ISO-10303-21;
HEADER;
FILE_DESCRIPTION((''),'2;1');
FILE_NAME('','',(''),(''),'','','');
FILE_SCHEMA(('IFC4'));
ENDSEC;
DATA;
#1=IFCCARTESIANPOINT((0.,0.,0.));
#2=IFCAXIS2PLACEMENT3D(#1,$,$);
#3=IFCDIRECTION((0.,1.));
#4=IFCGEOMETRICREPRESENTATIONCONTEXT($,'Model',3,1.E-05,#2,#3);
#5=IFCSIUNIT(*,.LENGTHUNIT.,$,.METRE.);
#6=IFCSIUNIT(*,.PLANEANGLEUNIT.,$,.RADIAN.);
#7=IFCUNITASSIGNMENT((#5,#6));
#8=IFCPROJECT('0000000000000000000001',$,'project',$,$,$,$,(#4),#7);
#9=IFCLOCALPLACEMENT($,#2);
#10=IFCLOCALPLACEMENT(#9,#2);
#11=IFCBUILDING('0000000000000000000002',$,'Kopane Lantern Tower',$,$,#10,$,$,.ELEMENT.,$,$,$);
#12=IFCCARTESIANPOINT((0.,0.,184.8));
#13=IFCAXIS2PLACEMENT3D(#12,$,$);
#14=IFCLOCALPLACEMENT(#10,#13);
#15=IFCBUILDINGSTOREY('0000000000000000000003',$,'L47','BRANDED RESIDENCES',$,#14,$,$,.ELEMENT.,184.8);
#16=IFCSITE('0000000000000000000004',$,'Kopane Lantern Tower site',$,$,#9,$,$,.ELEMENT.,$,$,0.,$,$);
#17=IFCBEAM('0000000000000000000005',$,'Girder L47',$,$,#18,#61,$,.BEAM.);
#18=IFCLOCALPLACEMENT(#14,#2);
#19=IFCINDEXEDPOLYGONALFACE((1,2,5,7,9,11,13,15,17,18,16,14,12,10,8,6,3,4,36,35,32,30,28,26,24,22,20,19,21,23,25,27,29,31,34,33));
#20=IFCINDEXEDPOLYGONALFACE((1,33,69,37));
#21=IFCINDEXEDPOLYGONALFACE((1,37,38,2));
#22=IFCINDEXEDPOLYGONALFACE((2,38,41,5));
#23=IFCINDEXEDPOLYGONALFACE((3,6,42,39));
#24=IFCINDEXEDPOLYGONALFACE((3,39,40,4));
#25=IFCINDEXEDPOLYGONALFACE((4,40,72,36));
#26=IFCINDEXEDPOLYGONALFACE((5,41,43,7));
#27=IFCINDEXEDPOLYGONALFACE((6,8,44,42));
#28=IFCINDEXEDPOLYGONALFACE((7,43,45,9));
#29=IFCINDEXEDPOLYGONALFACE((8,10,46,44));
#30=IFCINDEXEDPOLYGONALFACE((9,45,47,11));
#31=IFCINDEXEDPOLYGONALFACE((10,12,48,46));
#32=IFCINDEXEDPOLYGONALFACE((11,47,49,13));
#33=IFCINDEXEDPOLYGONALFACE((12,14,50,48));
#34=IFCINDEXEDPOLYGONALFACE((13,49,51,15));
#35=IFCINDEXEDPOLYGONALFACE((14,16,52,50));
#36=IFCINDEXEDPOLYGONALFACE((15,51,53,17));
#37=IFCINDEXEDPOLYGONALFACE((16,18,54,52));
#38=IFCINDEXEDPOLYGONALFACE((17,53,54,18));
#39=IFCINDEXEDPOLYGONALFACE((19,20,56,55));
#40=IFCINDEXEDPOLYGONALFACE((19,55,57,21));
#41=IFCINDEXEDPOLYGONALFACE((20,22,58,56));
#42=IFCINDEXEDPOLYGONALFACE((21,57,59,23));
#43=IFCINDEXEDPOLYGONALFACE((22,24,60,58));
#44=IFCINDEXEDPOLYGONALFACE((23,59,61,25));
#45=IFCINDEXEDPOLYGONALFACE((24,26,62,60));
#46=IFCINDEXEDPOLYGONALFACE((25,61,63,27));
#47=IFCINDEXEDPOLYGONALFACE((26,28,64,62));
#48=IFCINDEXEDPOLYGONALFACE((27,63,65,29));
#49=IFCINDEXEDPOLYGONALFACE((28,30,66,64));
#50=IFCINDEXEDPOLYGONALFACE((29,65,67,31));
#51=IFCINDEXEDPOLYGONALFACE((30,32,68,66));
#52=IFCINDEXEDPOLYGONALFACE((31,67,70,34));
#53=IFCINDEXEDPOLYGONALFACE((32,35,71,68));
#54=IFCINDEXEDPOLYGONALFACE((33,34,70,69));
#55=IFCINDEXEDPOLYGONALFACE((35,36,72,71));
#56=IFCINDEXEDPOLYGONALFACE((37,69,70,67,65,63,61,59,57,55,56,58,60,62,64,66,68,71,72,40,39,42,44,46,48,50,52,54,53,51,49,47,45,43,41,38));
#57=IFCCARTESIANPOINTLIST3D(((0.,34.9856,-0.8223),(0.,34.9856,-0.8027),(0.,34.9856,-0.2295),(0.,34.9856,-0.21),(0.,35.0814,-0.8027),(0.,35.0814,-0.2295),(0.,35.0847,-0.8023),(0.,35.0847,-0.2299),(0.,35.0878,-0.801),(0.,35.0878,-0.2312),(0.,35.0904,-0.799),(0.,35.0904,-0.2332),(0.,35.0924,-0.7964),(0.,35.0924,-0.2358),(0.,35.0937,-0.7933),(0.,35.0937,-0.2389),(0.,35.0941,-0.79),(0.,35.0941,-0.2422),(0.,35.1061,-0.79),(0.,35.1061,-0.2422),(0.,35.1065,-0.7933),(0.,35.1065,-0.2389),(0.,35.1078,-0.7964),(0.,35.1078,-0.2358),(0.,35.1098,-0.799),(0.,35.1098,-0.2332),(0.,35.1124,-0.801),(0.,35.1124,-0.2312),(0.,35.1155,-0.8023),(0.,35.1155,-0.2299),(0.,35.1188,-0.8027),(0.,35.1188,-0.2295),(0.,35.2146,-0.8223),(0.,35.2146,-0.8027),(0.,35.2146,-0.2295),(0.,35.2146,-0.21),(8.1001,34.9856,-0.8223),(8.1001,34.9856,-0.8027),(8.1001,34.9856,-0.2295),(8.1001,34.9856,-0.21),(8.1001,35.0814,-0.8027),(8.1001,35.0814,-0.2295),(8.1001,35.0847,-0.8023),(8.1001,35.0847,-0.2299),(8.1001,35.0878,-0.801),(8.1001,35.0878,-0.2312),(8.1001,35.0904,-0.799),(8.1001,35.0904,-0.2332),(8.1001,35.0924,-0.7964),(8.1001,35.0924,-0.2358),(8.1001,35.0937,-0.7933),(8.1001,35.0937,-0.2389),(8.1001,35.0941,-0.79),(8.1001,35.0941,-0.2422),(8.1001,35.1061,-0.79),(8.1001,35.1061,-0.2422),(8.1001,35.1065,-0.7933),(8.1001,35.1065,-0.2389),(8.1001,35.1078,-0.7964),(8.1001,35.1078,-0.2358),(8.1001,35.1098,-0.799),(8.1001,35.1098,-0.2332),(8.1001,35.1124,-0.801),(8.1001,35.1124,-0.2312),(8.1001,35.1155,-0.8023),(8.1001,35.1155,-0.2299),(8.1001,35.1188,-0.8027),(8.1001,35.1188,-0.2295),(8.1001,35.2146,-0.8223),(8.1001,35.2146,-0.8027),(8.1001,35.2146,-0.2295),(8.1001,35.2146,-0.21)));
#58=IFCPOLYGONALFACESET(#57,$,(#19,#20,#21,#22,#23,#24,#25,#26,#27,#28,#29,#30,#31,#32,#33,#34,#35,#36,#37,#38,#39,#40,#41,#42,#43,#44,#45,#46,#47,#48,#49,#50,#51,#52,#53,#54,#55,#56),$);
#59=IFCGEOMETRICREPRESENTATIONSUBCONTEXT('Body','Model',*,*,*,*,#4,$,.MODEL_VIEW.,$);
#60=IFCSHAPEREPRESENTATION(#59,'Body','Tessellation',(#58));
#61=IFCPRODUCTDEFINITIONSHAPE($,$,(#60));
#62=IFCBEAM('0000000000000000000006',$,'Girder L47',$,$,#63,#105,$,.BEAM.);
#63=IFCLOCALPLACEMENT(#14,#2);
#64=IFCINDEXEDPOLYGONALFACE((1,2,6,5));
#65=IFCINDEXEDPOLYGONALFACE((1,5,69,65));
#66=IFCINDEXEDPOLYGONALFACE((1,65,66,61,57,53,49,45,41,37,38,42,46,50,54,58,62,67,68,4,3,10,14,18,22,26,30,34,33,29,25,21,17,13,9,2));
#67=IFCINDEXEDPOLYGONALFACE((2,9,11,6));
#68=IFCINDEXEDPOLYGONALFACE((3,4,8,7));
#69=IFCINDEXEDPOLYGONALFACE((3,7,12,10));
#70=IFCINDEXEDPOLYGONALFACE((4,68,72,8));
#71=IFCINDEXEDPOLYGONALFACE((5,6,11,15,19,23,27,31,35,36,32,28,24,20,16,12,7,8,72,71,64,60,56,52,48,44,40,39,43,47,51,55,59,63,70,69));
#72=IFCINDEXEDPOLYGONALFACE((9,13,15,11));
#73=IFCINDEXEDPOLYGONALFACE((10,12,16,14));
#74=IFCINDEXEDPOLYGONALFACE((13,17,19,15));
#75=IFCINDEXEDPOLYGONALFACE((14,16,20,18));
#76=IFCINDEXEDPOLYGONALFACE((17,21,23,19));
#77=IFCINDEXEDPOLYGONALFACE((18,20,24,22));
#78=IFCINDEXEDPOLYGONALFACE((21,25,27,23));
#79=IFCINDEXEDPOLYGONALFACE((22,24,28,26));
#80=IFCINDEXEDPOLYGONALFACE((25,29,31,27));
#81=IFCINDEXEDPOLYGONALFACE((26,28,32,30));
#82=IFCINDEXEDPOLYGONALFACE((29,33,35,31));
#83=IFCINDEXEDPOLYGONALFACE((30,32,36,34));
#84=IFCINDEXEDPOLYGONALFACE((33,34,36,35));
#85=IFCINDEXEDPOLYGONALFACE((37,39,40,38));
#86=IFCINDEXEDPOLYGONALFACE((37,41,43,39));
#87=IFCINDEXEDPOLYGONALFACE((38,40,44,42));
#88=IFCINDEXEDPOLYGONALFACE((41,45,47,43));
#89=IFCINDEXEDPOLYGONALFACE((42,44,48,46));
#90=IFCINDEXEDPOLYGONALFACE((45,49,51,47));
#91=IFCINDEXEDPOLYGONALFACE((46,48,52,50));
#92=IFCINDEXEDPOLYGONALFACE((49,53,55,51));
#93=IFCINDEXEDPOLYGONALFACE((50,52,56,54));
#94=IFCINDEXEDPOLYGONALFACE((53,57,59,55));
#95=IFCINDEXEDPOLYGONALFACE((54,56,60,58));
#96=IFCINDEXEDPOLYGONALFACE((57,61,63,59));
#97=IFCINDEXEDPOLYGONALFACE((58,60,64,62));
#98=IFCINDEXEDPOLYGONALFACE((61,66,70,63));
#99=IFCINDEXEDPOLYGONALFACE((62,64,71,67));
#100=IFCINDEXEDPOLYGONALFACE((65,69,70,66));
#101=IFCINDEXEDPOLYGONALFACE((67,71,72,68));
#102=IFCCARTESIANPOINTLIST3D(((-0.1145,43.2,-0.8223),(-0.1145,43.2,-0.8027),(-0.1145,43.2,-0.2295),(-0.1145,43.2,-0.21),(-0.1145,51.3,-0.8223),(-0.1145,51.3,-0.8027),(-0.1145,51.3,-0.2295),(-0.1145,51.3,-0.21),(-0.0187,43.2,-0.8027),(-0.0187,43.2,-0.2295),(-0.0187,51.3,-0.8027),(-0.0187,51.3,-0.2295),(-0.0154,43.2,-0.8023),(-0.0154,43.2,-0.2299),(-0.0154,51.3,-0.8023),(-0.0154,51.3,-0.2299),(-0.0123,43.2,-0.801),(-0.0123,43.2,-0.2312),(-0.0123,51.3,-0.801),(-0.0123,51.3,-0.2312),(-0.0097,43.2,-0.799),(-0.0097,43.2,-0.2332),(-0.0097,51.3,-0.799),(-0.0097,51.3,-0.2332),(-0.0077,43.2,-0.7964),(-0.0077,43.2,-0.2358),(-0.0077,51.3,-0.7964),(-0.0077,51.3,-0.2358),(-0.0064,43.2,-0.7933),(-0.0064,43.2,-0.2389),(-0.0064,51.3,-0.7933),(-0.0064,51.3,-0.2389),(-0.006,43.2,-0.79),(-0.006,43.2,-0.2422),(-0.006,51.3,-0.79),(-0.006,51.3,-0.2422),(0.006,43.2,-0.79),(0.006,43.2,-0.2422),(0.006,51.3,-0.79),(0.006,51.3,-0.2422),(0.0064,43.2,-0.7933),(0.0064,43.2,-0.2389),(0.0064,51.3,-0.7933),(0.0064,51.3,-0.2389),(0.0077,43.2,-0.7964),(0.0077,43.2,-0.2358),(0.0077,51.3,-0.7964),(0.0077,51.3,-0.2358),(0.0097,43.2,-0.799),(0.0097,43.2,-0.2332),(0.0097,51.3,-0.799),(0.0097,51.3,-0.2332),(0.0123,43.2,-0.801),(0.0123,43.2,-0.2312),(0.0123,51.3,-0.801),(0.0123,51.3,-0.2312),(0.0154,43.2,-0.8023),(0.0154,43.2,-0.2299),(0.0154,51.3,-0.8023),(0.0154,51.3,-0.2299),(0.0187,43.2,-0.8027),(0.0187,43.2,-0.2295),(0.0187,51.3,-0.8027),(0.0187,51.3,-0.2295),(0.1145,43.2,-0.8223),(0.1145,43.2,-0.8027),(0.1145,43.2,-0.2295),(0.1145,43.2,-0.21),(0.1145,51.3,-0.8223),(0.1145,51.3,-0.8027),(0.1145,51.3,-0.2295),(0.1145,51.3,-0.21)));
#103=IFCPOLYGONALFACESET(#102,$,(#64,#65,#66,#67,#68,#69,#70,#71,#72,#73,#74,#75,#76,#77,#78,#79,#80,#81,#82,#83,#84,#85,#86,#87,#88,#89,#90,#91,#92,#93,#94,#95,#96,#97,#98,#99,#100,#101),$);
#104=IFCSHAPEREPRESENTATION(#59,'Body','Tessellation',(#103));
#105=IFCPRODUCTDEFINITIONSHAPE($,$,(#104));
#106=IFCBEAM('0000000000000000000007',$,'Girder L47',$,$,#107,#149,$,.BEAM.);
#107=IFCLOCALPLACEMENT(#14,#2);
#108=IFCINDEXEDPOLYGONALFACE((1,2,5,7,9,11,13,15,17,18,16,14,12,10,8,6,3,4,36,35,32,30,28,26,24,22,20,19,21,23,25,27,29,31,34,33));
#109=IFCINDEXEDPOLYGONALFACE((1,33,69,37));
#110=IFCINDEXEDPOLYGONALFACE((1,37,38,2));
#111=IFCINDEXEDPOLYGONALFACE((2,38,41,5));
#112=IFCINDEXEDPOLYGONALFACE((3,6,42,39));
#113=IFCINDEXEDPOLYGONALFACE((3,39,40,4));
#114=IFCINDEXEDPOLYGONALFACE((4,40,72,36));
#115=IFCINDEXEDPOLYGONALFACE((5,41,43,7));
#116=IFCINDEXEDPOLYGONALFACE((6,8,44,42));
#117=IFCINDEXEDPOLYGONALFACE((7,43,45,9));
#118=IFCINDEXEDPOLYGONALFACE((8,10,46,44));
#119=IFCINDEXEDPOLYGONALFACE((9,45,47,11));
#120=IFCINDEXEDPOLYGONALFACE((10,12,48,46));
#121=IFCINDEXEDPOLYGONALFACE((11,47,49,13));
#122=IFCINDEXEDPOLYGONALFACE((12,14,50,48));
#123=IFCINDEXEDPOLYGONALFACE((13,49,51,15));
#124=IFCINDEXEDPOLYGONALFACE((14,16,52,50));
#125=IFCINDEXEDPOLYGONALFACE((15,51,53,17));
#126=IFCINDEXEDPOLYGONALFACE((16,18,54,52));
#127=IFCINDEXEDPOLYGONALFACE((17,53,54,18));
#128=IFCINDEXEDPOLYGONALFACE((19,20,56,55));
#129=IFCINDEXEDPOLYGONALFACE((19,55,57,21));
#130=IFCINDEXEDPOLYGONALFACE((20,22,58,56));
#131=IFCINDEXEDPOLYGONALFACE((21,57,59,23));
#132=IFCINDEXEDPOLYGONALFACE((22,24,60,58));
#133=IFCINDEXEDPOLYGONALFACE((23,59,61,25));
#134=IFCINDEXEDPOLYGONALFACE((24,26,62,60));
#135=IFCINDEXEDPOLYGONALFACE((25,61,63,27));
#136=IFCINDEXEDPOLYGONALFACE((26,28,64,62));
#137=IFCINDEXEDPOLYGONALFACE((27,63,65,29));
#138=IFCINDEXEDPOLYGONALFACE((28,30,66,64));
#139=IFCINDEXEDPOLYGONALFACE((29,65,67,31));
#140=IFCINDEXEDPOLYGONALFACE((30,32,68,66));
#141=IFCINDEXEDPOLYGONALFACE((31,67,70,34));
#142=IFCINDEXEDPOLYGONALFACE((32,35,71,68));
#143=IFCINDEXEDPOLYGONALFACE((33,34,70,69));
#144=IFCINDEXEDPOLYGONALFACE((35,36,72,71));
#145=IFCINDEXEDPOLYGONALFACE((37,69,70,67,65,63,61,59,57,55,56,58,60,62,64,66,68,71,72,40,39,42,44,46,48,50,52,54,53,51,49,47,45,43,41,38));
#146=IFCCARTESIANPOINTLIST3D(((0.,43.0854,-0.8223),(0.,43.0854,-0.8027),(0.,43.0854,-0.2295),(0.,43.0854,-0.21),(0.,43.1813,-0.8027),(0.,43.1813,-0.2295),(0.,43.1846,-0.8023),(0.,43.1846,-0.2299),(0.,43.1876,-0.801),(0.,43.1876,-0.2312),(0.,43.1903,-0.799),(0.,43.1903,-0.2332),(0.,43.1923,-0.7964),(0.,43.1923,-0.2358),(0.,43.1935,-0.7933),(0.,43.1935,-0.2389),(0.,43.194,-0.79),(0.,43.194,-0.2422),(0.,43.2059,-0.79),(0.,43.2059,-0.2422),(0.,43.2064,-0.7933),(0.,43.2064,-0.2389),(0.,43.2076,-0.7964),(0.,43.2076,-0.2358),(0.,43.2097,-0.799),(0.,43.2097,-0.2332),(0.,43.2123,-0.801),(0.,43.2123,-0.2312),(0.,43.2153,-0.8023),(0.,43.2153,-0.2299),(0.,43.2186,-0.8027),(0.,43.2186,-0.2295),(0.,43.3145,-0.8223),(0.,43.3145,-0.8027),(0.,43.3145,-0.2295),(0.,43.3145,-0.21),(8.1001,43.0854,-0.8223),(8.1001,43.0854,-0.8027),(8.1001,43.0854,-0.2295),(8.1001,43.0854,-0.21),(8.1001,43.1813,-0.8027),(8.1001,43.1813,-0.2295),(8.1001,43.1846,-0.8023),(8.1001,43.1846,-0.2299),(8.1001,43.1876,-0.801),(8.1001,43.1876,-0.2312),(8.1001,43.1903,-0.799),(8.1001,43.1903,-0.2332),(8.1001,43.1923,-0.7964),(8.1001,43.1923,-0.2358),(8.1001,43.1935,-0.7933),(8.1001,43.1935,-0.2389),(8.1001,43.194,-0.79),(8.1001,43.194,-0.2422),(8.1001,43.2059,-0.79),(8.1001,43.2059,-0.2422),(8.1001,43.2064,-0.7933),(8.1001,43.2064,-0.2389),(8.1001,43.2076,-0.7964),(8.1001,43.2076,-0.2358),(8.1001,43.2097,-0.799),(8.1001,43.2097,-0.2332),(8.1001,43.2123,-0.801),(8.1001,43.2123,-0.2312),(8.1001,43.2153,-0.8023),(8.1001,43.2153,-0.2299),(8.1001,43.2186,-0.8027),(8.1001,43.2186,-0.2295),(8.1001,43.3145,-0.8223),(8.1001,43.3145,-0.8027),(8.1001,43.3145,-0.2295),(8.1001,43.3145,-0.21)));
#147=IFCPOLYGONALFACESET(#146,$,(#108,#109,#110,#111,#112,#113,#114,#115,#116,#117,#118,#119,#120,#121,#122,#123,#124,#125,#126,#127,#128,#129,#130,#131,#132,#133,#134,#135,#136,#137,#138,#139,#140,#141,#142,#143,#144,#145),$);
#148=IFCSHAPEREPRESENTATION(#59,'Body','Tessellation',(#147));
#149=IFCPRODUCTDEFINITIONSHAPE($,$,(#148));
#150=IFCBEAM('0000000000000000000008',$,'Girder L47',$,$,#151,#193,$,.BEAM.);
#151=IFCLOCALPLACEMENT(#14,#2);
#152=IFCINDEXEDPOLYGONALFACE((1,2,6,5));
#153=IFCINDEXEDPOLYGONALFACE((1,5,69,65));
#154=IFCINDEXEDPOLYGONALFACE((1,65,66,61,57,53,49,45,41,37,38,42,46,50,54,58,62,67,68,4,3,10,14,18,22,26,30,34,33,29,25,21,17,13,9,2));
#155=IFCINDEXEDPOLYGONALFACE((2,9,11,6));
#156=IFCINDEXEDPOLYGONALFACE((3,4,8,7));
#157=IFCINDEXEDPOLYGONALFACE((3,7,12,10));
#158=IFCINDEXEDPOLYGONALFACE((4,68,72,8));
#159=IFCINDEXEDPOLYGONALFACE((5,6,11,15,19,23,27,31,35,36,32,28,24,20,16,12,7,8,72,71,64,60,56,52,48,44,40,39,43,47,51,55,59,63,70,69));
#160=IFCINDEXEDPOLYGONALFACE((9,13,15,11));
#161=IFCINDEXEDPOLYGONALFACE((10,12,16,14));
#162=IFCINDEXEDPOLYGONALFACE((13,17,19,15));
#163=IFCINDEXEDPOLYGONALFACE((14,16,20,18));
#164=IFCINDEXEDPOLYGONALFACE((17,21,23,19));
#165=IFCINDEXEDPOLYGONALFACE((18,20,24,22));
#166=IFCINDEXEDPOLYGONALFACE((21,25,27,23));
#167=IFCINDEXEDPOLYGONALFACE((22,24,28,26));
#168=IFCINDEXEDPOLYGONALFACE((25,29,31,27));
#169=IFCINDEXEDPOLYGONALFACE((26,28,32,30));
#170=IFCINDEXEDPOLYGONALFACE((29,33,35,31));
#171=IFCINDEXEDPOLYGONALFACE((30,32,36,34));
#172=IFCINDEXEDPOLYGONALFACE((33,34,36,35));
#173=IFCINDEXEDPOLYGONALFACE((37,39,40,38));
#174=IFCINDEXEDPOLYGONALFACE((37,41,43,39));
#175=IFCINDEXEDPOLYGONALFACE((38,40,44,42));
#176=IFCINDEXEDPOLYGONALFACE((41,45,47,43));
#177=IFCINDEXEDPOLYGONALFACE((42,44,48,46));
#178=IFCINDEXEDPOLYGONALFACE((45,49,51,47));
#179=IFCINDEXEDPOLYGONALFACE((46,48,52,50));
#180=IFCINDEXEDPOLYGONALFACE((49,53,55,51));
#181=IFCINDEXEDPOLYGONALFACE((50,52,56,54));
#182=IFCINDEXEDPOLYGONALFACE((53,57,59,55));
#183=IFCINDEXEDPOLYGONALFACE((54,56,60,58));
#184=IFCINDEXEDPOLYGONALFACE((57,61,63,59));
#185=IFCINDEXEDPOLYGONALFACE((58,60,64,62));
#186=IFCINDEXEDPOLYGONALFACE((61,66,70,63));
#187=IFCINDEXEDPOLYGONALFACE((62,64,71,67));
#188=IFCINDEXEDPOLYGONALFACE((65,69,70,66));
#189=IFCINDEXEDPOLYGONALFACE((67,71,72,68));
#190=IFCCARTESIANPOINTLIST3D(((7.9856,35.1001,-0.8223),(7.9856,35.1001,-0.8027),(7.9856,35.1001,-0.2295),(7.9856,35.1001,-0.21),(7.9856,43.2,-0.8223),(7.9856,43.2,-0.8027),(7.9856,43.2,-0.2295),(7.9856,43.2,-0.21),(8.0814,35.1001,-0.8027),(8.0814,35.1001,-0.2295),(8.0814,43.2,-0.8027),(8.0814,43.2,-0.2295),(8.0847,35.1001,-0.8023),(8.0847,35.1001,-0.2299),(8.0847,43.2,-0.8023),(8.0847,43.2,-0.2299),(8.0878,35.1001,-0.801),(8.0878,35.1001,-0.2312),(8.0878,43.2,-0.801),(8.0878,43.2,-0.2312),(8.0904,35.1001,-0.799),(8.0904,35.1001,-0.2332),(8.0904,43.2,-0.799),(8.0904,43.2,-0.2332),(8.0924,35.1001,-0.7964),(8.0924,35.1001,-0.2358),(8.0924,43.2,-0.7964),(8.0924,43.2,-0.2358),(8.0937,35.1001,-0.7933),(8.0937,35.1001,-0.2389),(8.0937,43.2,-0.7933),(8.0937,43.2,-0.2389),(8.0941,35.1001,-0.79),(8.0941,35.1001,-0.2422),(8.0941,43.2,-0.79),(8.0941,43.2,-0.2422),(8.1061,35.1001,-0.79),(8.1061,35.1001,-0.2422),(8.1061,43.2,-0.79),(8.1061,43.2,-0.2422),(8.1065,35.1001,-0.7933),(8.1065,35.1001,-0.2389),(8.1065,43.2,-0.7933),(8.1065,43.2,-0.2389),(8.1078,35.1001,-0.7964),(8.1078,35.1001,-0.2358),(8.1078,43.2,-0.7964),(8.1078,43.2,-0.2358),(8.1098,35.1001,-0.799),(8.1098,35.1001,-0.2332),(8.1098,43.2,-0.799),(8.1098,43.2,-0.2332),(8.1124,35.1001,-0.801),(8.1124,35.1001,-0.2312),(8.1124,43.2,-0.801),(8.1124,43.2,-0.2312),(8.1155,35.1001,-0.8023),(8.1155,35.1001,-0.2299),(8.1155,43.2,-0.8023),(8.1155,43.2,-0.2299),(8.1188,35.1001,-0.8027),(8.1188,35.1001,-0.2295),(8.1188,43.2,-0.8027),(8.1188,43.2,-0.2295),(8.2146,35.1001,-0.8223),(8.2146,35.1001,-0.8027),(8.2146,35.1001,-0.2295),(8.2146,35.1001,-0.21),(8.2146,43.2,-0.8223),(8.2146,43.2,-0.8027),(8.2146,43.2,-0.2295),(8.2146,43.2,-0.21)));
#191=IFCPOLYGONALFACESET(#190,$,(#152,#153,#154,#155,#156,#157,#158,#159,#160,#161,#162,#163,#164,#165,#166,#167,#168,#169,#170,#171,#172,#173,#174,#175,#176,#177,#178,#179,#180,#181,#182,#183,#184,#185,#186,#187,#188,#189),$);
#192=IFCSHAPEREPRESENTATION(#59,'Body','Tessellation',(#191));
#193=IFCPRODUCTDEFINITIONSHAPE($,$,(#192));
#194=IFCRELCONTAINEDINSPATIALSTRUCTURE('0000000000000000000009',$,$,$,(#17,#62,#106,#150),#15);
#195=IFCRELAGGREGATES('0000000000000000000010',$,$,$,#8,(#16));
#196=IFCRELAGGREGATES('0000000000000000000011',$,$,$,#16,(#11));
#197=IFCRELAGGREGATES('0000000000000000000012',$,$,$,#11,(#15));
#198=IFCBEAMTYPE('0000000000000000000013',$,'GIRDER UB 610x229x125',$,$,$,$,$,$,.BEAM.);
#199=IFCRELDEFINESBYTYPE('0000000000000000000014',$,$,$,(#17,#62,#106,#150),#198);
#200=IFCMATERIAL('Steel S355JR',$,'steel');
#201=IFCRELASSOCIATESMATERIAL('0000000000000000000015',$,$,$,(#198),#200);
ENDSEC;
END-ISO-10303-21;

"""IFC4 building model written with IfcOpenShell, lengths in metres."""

from ifc_helpers import new_model, si_unit, direction, frame, origin, origin_2d, place, context, subcontext, project, spatial, i_section, extrude, material, material_profile, profile_set, type_object, element, save


model = new_model("IFC4")

# Units and contexts
model_context = context("Model", 3, precision=1e-05, world=origin(), true_north=direction((0.0, 1.0)))
body_context = subcontext(model_context, "Body", "Model", "MODEL_VIEW")
ifc_project = project(units=[si_unit("LENGTHUNIT", "METRE"), si_unit("PLANEANGLEUNIT", "RADIAN")], contexts=[model_context])

# Site, building, storey
site_placement = place(None, origin())
site = spatial("IfcSite", under=ifc_project, at=site_placement, Name="Kopane Lantern Tower site", CompositionType="ELEMENT", RefElevation=0.0)
building_placement = place(site_placement, origin())
building = spatial("IfcBuilding", under=site, at=building_placement, Name="Kopane Lantern Tower", CompositionType="ELEMENT")
storey_placement = place(building_placement, frame((0.0, 0.0, 184.8)))
storey = spatial("IfcBuildingStorey", under=building, at=storey_placement, Name="L47", Description="BRANDED RESIDENCES", CompositionType="ELEMENT", Elevation=184.8)

# Beams
ifc_material_1 = material(Name="Steel S355JR", Category="steel")
ifc_material_profile_1 = material_profile(ifc_material_1, i_section(OverallWidth=0.229, OverallDepth=0.6123, WebThickness=0.012, FlangeThickness=0.0195, FilletRadius=0.0127, at=origin_2d()), Name="UB 610x229x125")
ifc_profile_set_1 = profile_set([ifc_material_profile_1], Name="Steel S355JR")
beam_type = type_object("IfcBeamType", Name="GIRDER UB 610x229x125", PredefinedType="BEAM", material=ifc_profile_set_1)
for number, where, z_axis, x_axis, name in (
    (1, (0.0, 35.1001, -0.5161), (1.0, 0.0, 0.0), (0.0, 1.0, 0.0), "Girder L47"),
    (2, (0.0, 43.2, -0.5161), (0.0, 1.0, 0.0), (-1.0, 0.0, 0.0), "Girder L47"),
    (3, (0.0, 43.2, -0.5161), (1.0, 0.0, 0.0), (0.0, 1.0, 0.0), "Girder L47"),
):
    element("IfcBeam", number, at=place(storey_placement, frame(where, z_axis=z_axis, x_axis=x_axis)), inside=storey, type_object=beam_type, Name=name, PredefinedType="BEAM", context=body_context, shape_type="SweptSolid", body=[
        extrude(i_section(OverallWidth=0.229, OverallDepth=0.6123, WebThickness=0.012, FlangeThickness=0.0195, FilletRadius=0.0127, at=origin_2d()), origin(), (0.0, 0.0, 1.0), 8.1001),
    ])
for number, where, z_axis, x_axis, name in (
    (4, (8.1001, 35.1001, -0.5161), (0.0, 1.0, 0.0), (-1.0, 0.0, 0.0), "Girder L47"),
):
    element("IfcBeam", number, at=place(storey_placement, frame(where, z_axis=z_axis, x_axis=x_axis)), inside=storey, type_object=beam_type, Name=name, PredefinedType="BEAM", context=body_context, shape_type="SweptSolid", body=[
        extrude(i_section(OverallWidth=0.229, OverallDepth=0.6123, WebThickness=0.012, FlangeThickness=0.0195, FilletRadius=0.0127, at=origin_2d()), origin(), (0.0, 0.0, 1.0), 8.0999),
    ])

save(model, "model.ifc")
